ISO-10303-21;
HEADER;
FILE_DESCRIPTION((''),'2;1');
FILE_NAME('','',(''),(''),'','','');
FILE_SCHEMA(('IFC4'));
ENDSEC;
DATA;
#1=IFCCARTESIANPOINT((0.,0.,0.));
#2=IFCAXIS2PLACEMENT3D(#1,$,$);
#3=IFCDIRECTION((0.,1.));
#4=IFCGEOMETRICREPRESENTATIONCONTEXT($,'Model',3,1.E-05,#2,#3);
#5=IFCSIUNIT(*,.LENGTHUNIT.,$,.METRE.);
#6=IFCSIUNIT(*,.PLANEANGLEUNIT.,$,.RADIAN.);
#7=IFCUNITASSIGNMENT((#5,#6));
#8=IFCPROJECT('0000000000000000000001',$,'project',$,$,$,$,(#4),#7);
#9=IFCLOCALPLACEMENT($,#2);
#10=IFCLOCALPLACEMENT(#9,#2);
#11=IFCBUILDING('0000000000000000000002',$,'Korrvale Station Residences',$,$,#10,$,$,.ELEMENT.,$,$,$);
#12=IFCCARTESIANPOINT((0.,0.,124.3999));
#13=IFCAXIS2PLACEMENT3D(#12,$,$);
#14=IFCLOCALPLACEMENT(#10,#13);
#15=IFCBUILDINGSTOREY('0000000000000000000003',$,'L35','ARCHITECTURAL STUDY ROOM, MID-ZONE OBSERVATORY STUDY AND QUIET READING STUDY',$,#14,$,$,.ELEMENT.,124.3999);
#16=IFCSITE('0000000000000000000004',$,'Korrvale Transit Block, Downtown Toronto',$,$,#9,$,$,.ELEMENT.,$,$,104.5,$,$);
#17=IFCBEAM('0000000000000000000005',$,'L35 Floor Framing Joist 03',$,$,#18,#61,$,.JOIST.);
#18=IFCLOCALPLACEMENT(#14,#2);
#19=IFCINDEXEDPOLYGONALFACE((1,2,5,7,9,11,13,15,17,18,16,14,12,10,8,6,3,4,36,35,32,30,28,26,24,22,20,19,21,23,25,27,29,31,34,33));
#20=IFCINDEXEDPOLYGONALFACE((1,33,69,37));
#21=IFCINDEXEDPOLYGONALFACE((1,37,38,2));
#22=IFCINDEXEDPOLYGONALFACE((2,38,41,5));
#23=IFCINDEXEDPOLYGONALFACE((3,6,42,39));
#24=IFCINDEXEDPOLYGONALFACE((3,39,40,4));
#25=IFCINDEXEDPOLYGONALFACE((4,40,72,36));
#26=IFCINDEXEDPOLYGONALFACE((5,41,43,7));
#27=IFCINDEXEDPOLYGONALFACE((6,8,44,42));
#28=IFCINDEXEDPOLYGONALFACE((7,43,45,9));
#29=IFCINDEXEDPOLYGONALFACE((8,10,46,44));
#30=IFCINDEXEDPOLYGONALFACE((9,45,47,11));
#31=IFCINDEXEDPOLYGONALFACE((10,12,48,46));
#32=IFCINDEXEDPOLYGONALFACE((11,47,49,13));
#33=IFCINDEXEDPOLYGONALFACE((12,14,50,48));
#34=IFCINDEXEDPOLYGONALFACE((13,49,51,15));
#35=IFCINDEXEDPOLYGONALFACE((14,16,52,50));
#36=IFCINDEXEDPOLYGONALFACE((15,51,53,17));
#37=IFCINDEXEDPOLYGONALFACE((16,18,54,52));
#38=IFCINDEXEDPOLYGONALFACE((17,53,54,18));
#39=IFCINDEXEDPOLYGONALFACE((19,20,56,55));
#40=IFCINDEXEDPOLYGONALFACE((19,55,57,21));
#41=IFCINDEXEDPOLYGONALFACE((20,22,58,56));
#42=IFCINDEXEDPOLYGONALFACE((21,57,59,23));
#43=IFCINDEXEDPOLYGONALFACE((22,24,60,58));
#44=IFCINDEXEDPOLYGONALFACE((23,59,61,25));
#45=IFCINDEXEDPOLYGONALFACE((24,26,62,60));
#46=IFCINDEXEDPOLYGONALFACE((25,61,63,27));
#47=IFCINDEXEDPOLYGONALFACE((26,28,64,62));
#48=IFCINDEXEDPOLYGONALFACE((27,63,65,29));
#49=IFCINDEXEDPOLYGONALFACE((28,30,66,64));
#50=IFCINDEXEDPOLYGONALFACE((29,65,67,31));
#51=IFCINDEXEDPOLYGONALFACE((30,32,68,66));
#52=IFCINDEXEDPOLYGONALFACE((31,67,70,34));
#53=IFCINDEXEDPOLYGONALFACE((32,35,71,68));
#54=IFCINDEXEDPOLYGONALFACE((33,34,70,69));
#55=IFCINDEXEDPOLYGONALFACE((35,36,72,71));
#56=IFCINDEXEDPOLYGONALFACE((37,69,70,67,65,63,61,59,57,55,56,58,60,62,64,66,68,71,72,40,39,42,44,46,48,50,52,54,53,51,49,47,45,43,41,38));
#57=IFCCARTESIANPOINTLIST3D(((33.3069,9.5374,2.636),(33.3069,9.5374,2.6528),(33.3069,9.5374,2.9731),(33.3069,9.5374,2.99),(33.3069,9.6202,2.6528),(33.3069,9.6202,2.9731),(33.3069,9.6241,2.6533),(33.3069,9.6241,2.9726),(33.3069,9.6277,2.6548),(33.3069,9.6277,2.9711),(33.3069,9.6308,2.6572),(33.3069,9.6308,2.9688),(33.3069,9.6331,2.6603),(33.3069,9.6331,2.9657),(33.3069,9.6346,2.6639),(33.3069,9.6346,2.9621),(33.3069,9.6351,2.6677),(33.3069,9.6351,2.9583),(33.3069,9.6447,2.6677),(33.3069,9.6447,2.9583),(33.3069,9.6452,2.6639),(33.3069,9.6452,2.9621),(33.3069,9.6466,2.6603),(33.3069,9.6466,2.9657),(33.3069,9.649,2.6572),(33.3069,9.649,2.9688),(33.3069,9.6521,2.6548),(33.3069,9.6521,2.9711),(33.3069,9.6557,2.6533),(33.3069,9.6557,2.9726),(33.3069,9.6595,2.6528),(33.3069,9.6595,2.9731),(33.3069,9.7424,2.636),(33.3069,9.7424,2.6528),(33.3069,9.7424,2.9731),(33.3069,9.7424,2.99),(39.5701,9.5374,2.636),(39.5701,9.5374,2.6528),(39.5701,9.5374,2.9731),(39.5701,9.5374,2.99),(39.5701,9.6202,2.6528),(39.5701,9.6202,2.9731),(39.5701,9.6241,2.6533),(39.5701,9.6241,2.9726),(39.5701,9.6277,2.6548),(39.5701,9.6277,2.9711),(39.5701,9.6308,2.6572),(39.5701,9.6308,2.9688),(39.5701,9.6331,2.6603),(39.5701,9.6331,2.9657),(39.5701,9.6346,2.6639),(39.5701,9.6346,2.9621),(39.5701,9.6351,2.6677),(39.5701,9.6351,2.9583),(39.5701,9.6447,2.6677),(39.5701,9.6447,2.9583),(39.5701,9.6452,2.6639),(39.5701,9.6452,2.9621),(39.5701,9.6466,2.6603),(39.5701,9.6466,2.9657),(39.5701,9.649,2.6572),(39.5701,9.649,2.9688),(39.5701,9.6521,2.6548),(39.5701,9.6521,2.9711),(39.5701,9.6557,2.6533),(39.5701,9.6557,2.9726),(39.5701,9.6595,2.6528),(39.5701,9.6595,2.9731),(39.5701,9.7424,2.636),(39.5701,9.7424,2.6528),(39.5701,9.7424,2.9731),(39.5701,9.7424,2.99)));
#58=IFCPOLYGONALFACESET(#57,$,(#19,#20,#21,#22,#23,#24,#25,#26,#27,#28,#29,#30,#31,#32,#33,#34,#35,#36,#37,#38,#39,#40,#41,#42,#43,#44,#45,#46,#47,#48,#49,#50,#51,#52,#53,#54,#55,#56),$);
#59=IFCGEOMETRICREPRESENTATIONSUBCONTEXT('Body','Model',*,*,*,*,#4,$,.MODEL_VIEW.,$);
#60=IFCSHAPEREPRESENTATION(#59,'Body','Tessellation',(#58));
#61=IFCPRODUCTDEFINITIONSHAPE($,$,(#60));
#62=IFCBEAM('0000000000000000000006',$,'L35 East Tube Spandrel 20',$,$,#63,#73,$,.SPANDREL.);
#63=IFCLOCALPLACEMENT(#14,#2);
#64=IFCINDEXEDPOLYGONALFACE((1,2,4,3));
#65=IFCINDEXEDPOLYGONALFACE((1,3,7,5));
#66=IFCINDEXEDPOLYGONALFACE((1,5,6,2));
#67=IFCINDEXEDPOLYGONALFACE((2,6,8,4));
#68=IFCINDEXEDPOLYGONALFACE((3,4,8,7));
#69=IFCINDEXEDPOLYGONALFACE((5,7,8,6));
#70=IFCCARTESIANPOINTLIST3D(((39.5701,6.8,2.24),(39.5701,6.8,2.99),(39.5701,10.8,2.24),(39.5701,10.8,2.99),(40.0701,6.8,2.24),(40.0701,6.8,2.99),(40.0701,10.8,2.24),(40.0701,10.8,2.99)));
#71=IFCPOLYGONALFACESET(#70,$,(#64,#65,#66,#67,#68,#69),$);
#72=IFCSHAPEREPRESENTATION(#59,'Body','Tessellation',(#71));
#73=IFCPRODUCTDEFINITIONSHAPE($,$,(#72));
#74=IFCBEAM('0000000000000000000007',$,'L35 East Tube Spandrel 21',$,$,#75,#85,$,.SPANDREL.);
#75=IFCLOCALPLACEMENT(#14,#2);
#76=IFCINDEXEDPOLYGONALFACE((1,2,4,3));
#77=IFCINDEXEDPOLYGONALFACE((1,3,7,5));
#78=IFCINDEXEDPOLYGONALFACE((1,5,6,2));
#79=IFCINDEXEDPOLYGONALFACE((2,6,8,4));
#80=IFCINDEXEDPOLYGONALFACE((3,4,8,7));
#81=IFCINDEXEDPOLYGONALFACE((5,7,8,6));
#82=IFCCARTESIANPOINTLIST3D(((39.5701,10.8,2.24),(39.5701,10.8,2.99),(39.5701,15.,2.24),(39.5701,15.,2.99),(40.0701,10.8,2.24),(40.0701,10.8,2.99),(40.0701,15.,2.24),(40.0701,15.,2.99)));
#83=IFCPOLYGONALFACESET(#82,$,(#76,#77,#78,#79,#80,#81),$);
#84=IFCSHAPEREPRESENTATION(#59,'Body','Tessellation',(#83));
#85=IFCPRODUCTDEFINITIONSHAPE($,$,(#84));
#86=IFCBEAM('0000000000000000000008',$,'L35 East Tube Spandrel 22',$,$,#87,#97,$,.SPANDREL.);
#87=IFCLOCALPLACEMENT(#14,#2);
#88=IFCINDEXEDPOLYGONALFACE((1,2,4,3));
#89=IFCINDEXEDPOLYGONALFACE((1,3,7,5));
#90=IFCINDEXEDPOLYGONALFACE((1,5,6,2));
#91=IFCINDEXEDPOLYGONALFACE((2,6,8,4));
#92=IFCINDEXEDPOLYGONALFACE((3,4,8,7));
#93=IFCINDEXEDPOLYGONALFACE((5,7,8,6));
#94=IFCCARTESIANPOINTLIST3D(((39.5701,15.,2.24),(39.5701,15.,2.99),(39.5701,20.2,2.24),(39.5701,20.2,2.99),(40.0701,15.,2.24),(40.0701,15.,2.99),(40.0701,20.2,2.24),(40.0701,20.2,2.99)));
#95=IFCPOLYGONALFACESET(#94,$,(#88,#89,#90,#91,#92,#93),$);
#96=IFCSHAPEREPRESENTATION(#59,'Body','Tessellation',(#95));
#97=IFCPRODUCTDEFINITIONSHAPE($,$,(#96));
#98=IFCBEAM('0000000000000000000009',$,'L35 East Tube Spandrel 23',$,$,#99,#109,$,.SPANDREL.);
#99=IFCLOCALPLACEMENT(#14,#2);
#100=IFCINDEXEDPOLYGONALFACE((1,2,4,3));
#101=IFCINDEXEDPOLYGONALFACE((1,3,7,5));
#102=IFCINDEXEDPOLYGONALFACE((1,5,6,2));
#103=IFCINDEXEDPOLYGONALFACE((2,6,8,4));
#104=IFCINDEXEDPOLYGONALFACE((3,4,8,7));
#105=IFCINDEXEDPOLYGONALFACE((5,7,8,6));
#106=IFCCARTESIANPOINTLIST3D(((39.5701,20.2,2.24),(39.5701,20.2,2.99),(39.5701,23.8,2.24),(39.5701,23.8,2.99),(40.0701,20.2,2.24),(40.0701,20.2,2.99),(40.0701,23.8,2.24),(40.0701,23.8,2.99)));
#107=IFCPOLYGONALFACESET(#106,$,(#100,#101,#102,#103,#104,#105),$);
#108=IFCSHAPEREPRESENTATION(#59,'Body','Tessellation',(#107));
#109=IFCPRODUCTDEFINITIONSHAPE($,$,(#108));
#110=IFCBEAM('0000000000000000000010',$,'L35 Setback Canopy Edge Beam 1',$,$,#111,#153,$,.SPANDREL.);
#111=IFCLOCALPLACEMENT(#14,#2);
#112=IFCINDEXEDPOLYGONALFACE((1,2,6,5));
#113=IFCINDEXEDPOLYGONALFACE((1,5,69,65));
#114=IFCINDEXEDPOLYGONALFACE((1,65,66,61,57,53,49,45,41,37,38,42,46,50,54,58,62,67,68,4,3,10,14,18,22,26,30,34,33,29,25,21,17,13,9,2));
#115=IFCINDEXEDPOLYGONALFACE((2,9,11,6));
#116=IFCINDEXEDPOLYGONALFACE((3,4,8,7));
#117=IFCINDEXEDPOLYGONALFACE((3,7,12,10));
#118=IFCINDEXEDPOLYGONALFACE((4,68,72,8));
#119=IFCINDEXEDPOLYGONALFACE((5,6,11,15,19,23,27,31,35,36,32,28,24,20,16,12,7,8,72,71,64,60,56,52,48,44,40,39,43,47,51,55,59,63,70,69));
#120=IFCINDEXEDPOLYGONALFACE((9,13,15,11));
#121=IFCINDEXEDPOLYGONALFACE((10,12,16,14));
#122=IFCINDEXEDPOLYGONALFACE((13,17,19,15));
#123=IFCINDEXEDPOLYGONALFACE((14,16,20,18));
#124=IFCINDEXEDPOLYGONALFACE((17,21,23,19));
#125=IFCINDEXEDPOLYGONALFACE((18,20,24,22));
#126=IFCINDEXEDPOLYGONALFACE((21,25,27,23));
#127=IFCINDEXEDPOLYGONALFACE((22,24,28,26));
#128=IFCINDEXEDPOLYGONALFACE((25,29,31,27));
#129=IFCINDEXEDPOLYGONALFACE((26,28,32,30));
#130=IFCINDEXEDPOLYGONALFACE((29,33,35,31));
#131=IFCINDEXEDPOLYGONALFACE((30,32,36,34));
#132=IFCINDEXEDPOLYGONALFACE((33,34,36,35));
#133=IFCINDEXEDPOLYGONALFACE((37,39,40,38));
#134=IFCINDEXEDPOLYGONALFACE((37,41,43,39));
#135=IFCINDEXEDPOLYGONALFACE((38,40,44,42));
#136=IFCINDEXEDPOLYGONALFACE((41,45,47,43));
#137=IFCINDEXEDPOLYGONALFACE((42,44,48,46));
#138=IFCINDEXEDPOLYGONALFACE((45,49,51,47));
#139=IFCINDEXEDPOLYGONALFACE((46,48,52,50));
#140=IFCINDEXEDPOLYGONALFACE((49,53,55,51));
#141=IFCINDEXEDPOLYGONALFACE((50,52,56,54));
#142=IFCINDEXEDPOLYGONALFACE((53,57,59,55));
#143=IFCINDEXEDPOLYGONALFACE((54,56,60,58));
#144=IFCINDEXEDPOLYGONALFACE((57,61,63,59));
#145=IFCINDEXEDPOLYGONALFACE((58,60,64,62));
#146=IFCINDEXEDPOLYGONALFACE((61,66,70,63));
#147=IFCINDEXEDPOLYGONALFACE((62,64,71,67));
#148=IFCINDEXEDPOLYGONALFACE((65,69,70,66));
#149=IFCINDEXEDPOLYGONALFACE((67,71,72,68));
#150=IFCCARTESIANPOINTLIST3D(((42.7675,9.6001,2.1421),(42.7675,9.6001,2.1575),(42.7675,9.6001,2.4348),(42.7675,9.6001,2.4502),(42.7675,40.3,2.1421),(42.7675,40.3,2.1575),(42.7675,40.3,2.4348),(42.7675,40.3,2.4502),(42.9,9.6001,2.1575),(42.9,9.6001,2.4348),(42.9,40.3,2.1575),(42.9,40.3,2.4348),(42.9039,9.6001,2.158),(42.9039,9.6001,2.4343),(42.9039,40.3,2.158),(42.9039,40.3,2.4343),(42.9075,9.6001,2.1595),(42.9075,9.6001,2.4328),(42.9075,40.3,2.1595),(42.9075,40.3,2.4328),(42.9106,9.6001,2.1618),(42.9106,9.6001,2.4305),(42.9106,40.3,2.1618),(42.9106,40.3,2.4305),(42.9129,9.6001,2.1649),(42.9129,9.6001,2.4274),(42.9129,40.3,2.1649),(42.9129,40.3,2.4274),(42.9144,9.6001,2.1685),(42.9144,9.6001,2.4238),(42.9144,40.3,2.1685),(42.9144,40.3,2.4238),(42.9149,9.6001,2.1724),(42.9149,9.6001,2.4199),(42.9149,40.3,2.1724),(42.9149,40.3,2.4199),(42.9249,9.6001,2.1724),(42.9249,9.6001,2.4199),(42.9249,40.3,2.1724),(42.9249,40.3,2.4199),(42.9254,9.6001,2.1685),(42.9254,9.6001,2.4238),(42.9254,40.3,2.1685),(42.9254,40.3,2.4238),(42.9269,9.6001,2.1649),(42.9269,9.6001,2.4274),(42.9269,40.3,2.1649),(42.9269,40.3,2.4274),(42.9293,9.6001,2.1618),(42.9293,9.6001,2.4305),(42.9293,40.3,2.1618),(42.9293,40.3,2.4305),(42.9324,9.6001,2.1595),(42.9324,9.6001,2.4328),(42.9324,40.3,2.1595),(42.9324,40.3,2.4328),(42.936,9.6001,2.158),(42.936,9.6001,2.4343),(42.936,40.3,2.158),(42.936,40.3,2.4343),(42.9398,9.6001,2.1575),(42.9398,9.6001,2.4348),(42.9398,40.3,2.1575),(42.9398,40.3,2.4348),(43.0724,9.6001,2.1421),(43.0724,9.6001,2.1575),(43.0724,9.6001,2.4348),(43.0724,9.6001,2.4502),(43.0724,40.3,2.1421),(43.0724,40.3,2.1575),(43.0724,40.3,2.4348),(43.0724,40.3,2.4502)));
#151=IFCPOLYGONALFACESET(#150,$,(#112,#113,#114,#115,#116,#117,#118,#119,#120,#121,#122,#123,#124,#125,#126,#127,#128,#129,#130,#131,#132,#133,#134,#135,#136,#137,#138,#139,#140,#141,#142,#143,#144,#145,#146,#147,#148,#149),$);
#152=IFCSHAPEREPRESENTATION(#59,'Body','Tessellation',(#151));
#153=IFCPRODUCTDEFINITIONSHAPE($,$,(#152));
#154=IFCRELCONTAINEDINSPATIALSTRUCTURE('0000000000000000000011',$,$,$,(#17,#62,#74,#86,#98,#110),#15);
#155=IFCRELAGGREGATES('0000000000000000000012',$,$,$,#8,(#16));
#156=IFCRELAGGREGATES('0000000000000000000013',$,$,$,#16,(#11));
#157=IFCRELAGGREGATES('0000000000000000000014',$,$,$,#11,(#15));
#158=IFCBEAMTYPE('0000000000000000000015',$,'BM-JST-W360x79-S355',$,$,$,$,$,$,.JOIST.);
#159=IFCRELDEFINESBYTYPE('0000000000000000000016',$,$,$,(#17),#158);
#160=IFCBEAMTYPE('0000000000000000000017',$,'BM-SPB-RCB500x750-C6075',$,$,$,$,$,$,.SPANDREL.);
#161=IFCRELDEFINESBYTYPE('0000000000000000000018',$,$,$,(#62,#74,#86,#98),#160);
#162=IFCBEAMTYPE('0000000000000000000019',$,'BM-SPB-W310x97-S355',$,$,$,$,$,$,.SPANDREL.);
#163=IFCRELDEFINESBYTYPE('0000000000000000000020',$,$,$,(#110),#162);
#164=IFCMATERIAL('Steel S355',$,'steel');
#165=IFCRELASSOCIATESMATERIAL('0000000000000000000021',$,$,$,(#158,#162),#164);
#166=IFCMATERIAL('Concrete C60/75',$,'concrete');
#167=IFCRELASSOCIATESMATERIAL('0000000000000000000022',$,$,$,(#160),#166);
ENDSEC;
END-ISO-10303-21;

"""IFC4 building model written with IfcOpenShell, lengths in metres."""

from ifc_helpers import new_model, si_unit, direction, frame, origin, origin_2d, place, context, subcontext, project, spatial, rectangle, i_section, extrude, material, material_profile, profile_set, type_object, element, save


model = new_model("IFC4")

# Units and contexts
model_context = context("Model", 3, precision=1e-05, world=origin(), true_north=direction((0.0, 1.0)))
body_context = subcontext(model_context, "Body", "Model", "MODEL_VIEW")
ifc_project = project(units=[si_unit("LENGTHUNIT", "METRE"), si_unit("PLANEANGLEUNIT", "RADIAN")], contexts=[model_context])

# Site, building, storey
site_placement = place(None, origin())
site = spatial("IfcSite", under=ifc_project, at=site_placement, Name="Korrvale Transit Block, Downtown Toronto", CompositionType="ELEMENT", RefElevation=104.5)
building_placement = place(site_placement, origin())
building = spatial("IfcBuilding", under=site, at=building_placement, Name="Korrvale Station Residences", CompositionType="ELEMENT")
storey_placement = place(building_placement, frame((0.0, 0.0, 124.3999)))
storey = spatial("IfcBuildingStorey", under=building, at=storey_placement, Name="L35", Description="ARCHITECTURAL STUDY ROOM, MID-ZONE OBSERVATORY STUDY AND QUIET READING STUDY", CompositionType="ELEMENT", Elevation=124.3999)

# Shared definitions
ifc_material_1 = material(Name="Steel S355", Category="steel")
ifc_material_2 = material(Name="Concrete C60/75", Category="concrete")

# Beams
ifc_material_profile_1 = material_profile(ifc_material_1, i_section(OverallWidth=0.2051, OverallDepth=0.354, WebThickness=0.0095, FlangeThickness=0.0168, FilletRadius=0.0149, at=origin_2d()), Name="W360x79")
ifc_profile_set_1 = profile_set([ifc_material_profile_1], Name="Steel S355")
beam_type_1 = type_object("IfcBeamType", Name="BM-JST-W360x79-S355", PredefinedType="JOIST", material=ifc_profile_set_1)
beam_1_placement = place(storey_placement, frame((33.3069, 9.6399, 2.813), z_axis=(1.0, 0.0, 0.0), x_axis=(0.0, 1.0, 0.0)))
element("IfcBeam", 1, at=beam_1_placement, inside=storey, type_object=beam_type_1, Name="L35 Floor Framing Joist 03", PredefinedType="JOIST", context=body_context, shape_type="SweptSolid", body=[
    extrude(i_section(OverallWidth=0.2051, OverallDepth=0.354, WebThickness=0.0095, FlangeThickness=0.0168, FilletRadius=0.0149, at=origin_2d()), origin(), (0.0, 0.0, 1.0), 6.2632),
])
ifc_material_profile_2 = material_profile(ifc_material_2, rectangle(XDim=0.5, YDim=0.75, at=origin_2d()), Name="RCB500x750")
ifc_profile_set_2 = profile_set([ifc_material_profile_2], Name="Concrete C60/75")
beam_type_2 = type_object("IfcBeamType", Name="BM-SPB-RCB500x750-C6075", PredefinedType="SPANDREL", material=ifc_profile_set_2)
beam_2_placement = place(storey_placement, frame((39.8201, 6.8, 2.615), z_axis=(0.0, 1.0, 0.0), x_axis=(-1.0, 0.0, 0.0)))
element("IfcBeam", 2, at=beam_2_placement, inside=storey, type_object=beam_type_2, Name="L35 East Tube Spandrel 20", PredefinedType="SPANDREL", context=body_context, shape_type="SweptSolid", body=[
    extrude(rectangle(XDim=0.5, YDim=0.75, at=origin_2d()), origin(), (0.0, 0.0, 1.0), 4.0),
])
beam_3_placement = place(storey_placement, frame((39.8201, 10.8, 2.615), z_axis=(0.0, 1.0, 0.0), x_axis=(-1.0, 0.0, 0.0)))
element("IfcBeam", 3, at=beam_3_placement, inside=storey, type_object=beam_type_2, Name="L35 East Tube Spandrel 21", PredefinedType="SPANDREL", context=body_context, shape_type="SweptSolid", body=[
    extrude(rectangle(XDim=0.5, YDim=0.75, at=origin_2d()), origin(), (0.0, 0.0, 1.0), 4.2),
])
beam_4_placement = place(storey_placement, frame((39.8201, 15.0, 2.615), z_axis=(0.0, 1.0, 0.0), x_axis=(-1.0, 0.0, 0.0)))
element("IfcBeam", 4, at=beam_4_placement, inside=storey, type_object=beam_type_2, Name="L35 East Tube Spandrel 22", PredefinedType="SPANDREL", context=body_context, shape_type="SweptSolid", body=[
    extrude(rectangle(XDim=0.5, YDim=0.75, at=origin_2d()), origin(), (0.0, 0.0, 1.0), 5.2),
])
beam_5_placement = place(storey_placement, frame((39.8201, 20.2, 2.615), z_axis=(0.0, 1.0, 0.0), x_axis=(-1.0, 0.0, 0.0)))
element("IfcBeam", 5, at=beam_5_placement, inside=storey, type_object=beam_type_2, Name="L35 East Tube Spandrel 23", PredefinedType="SPANDREL", context=body_context, shape_type="SweptSolid", body=[
    extrude(rectangle(XDim=0.5, YDim=0.75, at=origin_2d()), origin(), (0.0, 0.0, 1.0), 3.6001),
])
ifc_material_profile_3 = material_profile(ifc_material_1, i_section(OverallWidth=0.3049, OverallDepth=0.3081, WebThickness=0.01, FlangeThickness=0.0154, FilletRadius=0.0149, at=origin_2d()), Name="W310x97")
ifc_profile_set_3 = profile_set([ifc_material_profile_3], Name="Steel S355")
beam_type_3 = type_object("IfcBeamType", Name="BM-SPB-W310x97-S355", PredefinedType="SPANDREL", material=ifc_profile_set_3)
beam_6_placement = place(storey_placement, frame((42.9199, 9.6001, 2.2961), z_axis=(0.0, 1.0, 0.0), x_axis=(-1.0, 0.0, 0.0)))
element("IfcBeam", 6, at=beam_6_placement, inside=storey, type_object=beam_type_3, Name="L35 Setback Canopy Edge Beam 1", PredefinedType="SPANDREL", context=body_context, shape_type="SweptSolid", body=[
    extrude(i_section(OverallWidth=0.3049, OverallDepth=0.3081, WebThickness=0.01, FlangeThickness=0.0154, FilletRadius=0.0149, at=origin_2d()), origin(), (0.0, 0.0, 1.0), 30.7),
])

save(model, "model.ifc")
